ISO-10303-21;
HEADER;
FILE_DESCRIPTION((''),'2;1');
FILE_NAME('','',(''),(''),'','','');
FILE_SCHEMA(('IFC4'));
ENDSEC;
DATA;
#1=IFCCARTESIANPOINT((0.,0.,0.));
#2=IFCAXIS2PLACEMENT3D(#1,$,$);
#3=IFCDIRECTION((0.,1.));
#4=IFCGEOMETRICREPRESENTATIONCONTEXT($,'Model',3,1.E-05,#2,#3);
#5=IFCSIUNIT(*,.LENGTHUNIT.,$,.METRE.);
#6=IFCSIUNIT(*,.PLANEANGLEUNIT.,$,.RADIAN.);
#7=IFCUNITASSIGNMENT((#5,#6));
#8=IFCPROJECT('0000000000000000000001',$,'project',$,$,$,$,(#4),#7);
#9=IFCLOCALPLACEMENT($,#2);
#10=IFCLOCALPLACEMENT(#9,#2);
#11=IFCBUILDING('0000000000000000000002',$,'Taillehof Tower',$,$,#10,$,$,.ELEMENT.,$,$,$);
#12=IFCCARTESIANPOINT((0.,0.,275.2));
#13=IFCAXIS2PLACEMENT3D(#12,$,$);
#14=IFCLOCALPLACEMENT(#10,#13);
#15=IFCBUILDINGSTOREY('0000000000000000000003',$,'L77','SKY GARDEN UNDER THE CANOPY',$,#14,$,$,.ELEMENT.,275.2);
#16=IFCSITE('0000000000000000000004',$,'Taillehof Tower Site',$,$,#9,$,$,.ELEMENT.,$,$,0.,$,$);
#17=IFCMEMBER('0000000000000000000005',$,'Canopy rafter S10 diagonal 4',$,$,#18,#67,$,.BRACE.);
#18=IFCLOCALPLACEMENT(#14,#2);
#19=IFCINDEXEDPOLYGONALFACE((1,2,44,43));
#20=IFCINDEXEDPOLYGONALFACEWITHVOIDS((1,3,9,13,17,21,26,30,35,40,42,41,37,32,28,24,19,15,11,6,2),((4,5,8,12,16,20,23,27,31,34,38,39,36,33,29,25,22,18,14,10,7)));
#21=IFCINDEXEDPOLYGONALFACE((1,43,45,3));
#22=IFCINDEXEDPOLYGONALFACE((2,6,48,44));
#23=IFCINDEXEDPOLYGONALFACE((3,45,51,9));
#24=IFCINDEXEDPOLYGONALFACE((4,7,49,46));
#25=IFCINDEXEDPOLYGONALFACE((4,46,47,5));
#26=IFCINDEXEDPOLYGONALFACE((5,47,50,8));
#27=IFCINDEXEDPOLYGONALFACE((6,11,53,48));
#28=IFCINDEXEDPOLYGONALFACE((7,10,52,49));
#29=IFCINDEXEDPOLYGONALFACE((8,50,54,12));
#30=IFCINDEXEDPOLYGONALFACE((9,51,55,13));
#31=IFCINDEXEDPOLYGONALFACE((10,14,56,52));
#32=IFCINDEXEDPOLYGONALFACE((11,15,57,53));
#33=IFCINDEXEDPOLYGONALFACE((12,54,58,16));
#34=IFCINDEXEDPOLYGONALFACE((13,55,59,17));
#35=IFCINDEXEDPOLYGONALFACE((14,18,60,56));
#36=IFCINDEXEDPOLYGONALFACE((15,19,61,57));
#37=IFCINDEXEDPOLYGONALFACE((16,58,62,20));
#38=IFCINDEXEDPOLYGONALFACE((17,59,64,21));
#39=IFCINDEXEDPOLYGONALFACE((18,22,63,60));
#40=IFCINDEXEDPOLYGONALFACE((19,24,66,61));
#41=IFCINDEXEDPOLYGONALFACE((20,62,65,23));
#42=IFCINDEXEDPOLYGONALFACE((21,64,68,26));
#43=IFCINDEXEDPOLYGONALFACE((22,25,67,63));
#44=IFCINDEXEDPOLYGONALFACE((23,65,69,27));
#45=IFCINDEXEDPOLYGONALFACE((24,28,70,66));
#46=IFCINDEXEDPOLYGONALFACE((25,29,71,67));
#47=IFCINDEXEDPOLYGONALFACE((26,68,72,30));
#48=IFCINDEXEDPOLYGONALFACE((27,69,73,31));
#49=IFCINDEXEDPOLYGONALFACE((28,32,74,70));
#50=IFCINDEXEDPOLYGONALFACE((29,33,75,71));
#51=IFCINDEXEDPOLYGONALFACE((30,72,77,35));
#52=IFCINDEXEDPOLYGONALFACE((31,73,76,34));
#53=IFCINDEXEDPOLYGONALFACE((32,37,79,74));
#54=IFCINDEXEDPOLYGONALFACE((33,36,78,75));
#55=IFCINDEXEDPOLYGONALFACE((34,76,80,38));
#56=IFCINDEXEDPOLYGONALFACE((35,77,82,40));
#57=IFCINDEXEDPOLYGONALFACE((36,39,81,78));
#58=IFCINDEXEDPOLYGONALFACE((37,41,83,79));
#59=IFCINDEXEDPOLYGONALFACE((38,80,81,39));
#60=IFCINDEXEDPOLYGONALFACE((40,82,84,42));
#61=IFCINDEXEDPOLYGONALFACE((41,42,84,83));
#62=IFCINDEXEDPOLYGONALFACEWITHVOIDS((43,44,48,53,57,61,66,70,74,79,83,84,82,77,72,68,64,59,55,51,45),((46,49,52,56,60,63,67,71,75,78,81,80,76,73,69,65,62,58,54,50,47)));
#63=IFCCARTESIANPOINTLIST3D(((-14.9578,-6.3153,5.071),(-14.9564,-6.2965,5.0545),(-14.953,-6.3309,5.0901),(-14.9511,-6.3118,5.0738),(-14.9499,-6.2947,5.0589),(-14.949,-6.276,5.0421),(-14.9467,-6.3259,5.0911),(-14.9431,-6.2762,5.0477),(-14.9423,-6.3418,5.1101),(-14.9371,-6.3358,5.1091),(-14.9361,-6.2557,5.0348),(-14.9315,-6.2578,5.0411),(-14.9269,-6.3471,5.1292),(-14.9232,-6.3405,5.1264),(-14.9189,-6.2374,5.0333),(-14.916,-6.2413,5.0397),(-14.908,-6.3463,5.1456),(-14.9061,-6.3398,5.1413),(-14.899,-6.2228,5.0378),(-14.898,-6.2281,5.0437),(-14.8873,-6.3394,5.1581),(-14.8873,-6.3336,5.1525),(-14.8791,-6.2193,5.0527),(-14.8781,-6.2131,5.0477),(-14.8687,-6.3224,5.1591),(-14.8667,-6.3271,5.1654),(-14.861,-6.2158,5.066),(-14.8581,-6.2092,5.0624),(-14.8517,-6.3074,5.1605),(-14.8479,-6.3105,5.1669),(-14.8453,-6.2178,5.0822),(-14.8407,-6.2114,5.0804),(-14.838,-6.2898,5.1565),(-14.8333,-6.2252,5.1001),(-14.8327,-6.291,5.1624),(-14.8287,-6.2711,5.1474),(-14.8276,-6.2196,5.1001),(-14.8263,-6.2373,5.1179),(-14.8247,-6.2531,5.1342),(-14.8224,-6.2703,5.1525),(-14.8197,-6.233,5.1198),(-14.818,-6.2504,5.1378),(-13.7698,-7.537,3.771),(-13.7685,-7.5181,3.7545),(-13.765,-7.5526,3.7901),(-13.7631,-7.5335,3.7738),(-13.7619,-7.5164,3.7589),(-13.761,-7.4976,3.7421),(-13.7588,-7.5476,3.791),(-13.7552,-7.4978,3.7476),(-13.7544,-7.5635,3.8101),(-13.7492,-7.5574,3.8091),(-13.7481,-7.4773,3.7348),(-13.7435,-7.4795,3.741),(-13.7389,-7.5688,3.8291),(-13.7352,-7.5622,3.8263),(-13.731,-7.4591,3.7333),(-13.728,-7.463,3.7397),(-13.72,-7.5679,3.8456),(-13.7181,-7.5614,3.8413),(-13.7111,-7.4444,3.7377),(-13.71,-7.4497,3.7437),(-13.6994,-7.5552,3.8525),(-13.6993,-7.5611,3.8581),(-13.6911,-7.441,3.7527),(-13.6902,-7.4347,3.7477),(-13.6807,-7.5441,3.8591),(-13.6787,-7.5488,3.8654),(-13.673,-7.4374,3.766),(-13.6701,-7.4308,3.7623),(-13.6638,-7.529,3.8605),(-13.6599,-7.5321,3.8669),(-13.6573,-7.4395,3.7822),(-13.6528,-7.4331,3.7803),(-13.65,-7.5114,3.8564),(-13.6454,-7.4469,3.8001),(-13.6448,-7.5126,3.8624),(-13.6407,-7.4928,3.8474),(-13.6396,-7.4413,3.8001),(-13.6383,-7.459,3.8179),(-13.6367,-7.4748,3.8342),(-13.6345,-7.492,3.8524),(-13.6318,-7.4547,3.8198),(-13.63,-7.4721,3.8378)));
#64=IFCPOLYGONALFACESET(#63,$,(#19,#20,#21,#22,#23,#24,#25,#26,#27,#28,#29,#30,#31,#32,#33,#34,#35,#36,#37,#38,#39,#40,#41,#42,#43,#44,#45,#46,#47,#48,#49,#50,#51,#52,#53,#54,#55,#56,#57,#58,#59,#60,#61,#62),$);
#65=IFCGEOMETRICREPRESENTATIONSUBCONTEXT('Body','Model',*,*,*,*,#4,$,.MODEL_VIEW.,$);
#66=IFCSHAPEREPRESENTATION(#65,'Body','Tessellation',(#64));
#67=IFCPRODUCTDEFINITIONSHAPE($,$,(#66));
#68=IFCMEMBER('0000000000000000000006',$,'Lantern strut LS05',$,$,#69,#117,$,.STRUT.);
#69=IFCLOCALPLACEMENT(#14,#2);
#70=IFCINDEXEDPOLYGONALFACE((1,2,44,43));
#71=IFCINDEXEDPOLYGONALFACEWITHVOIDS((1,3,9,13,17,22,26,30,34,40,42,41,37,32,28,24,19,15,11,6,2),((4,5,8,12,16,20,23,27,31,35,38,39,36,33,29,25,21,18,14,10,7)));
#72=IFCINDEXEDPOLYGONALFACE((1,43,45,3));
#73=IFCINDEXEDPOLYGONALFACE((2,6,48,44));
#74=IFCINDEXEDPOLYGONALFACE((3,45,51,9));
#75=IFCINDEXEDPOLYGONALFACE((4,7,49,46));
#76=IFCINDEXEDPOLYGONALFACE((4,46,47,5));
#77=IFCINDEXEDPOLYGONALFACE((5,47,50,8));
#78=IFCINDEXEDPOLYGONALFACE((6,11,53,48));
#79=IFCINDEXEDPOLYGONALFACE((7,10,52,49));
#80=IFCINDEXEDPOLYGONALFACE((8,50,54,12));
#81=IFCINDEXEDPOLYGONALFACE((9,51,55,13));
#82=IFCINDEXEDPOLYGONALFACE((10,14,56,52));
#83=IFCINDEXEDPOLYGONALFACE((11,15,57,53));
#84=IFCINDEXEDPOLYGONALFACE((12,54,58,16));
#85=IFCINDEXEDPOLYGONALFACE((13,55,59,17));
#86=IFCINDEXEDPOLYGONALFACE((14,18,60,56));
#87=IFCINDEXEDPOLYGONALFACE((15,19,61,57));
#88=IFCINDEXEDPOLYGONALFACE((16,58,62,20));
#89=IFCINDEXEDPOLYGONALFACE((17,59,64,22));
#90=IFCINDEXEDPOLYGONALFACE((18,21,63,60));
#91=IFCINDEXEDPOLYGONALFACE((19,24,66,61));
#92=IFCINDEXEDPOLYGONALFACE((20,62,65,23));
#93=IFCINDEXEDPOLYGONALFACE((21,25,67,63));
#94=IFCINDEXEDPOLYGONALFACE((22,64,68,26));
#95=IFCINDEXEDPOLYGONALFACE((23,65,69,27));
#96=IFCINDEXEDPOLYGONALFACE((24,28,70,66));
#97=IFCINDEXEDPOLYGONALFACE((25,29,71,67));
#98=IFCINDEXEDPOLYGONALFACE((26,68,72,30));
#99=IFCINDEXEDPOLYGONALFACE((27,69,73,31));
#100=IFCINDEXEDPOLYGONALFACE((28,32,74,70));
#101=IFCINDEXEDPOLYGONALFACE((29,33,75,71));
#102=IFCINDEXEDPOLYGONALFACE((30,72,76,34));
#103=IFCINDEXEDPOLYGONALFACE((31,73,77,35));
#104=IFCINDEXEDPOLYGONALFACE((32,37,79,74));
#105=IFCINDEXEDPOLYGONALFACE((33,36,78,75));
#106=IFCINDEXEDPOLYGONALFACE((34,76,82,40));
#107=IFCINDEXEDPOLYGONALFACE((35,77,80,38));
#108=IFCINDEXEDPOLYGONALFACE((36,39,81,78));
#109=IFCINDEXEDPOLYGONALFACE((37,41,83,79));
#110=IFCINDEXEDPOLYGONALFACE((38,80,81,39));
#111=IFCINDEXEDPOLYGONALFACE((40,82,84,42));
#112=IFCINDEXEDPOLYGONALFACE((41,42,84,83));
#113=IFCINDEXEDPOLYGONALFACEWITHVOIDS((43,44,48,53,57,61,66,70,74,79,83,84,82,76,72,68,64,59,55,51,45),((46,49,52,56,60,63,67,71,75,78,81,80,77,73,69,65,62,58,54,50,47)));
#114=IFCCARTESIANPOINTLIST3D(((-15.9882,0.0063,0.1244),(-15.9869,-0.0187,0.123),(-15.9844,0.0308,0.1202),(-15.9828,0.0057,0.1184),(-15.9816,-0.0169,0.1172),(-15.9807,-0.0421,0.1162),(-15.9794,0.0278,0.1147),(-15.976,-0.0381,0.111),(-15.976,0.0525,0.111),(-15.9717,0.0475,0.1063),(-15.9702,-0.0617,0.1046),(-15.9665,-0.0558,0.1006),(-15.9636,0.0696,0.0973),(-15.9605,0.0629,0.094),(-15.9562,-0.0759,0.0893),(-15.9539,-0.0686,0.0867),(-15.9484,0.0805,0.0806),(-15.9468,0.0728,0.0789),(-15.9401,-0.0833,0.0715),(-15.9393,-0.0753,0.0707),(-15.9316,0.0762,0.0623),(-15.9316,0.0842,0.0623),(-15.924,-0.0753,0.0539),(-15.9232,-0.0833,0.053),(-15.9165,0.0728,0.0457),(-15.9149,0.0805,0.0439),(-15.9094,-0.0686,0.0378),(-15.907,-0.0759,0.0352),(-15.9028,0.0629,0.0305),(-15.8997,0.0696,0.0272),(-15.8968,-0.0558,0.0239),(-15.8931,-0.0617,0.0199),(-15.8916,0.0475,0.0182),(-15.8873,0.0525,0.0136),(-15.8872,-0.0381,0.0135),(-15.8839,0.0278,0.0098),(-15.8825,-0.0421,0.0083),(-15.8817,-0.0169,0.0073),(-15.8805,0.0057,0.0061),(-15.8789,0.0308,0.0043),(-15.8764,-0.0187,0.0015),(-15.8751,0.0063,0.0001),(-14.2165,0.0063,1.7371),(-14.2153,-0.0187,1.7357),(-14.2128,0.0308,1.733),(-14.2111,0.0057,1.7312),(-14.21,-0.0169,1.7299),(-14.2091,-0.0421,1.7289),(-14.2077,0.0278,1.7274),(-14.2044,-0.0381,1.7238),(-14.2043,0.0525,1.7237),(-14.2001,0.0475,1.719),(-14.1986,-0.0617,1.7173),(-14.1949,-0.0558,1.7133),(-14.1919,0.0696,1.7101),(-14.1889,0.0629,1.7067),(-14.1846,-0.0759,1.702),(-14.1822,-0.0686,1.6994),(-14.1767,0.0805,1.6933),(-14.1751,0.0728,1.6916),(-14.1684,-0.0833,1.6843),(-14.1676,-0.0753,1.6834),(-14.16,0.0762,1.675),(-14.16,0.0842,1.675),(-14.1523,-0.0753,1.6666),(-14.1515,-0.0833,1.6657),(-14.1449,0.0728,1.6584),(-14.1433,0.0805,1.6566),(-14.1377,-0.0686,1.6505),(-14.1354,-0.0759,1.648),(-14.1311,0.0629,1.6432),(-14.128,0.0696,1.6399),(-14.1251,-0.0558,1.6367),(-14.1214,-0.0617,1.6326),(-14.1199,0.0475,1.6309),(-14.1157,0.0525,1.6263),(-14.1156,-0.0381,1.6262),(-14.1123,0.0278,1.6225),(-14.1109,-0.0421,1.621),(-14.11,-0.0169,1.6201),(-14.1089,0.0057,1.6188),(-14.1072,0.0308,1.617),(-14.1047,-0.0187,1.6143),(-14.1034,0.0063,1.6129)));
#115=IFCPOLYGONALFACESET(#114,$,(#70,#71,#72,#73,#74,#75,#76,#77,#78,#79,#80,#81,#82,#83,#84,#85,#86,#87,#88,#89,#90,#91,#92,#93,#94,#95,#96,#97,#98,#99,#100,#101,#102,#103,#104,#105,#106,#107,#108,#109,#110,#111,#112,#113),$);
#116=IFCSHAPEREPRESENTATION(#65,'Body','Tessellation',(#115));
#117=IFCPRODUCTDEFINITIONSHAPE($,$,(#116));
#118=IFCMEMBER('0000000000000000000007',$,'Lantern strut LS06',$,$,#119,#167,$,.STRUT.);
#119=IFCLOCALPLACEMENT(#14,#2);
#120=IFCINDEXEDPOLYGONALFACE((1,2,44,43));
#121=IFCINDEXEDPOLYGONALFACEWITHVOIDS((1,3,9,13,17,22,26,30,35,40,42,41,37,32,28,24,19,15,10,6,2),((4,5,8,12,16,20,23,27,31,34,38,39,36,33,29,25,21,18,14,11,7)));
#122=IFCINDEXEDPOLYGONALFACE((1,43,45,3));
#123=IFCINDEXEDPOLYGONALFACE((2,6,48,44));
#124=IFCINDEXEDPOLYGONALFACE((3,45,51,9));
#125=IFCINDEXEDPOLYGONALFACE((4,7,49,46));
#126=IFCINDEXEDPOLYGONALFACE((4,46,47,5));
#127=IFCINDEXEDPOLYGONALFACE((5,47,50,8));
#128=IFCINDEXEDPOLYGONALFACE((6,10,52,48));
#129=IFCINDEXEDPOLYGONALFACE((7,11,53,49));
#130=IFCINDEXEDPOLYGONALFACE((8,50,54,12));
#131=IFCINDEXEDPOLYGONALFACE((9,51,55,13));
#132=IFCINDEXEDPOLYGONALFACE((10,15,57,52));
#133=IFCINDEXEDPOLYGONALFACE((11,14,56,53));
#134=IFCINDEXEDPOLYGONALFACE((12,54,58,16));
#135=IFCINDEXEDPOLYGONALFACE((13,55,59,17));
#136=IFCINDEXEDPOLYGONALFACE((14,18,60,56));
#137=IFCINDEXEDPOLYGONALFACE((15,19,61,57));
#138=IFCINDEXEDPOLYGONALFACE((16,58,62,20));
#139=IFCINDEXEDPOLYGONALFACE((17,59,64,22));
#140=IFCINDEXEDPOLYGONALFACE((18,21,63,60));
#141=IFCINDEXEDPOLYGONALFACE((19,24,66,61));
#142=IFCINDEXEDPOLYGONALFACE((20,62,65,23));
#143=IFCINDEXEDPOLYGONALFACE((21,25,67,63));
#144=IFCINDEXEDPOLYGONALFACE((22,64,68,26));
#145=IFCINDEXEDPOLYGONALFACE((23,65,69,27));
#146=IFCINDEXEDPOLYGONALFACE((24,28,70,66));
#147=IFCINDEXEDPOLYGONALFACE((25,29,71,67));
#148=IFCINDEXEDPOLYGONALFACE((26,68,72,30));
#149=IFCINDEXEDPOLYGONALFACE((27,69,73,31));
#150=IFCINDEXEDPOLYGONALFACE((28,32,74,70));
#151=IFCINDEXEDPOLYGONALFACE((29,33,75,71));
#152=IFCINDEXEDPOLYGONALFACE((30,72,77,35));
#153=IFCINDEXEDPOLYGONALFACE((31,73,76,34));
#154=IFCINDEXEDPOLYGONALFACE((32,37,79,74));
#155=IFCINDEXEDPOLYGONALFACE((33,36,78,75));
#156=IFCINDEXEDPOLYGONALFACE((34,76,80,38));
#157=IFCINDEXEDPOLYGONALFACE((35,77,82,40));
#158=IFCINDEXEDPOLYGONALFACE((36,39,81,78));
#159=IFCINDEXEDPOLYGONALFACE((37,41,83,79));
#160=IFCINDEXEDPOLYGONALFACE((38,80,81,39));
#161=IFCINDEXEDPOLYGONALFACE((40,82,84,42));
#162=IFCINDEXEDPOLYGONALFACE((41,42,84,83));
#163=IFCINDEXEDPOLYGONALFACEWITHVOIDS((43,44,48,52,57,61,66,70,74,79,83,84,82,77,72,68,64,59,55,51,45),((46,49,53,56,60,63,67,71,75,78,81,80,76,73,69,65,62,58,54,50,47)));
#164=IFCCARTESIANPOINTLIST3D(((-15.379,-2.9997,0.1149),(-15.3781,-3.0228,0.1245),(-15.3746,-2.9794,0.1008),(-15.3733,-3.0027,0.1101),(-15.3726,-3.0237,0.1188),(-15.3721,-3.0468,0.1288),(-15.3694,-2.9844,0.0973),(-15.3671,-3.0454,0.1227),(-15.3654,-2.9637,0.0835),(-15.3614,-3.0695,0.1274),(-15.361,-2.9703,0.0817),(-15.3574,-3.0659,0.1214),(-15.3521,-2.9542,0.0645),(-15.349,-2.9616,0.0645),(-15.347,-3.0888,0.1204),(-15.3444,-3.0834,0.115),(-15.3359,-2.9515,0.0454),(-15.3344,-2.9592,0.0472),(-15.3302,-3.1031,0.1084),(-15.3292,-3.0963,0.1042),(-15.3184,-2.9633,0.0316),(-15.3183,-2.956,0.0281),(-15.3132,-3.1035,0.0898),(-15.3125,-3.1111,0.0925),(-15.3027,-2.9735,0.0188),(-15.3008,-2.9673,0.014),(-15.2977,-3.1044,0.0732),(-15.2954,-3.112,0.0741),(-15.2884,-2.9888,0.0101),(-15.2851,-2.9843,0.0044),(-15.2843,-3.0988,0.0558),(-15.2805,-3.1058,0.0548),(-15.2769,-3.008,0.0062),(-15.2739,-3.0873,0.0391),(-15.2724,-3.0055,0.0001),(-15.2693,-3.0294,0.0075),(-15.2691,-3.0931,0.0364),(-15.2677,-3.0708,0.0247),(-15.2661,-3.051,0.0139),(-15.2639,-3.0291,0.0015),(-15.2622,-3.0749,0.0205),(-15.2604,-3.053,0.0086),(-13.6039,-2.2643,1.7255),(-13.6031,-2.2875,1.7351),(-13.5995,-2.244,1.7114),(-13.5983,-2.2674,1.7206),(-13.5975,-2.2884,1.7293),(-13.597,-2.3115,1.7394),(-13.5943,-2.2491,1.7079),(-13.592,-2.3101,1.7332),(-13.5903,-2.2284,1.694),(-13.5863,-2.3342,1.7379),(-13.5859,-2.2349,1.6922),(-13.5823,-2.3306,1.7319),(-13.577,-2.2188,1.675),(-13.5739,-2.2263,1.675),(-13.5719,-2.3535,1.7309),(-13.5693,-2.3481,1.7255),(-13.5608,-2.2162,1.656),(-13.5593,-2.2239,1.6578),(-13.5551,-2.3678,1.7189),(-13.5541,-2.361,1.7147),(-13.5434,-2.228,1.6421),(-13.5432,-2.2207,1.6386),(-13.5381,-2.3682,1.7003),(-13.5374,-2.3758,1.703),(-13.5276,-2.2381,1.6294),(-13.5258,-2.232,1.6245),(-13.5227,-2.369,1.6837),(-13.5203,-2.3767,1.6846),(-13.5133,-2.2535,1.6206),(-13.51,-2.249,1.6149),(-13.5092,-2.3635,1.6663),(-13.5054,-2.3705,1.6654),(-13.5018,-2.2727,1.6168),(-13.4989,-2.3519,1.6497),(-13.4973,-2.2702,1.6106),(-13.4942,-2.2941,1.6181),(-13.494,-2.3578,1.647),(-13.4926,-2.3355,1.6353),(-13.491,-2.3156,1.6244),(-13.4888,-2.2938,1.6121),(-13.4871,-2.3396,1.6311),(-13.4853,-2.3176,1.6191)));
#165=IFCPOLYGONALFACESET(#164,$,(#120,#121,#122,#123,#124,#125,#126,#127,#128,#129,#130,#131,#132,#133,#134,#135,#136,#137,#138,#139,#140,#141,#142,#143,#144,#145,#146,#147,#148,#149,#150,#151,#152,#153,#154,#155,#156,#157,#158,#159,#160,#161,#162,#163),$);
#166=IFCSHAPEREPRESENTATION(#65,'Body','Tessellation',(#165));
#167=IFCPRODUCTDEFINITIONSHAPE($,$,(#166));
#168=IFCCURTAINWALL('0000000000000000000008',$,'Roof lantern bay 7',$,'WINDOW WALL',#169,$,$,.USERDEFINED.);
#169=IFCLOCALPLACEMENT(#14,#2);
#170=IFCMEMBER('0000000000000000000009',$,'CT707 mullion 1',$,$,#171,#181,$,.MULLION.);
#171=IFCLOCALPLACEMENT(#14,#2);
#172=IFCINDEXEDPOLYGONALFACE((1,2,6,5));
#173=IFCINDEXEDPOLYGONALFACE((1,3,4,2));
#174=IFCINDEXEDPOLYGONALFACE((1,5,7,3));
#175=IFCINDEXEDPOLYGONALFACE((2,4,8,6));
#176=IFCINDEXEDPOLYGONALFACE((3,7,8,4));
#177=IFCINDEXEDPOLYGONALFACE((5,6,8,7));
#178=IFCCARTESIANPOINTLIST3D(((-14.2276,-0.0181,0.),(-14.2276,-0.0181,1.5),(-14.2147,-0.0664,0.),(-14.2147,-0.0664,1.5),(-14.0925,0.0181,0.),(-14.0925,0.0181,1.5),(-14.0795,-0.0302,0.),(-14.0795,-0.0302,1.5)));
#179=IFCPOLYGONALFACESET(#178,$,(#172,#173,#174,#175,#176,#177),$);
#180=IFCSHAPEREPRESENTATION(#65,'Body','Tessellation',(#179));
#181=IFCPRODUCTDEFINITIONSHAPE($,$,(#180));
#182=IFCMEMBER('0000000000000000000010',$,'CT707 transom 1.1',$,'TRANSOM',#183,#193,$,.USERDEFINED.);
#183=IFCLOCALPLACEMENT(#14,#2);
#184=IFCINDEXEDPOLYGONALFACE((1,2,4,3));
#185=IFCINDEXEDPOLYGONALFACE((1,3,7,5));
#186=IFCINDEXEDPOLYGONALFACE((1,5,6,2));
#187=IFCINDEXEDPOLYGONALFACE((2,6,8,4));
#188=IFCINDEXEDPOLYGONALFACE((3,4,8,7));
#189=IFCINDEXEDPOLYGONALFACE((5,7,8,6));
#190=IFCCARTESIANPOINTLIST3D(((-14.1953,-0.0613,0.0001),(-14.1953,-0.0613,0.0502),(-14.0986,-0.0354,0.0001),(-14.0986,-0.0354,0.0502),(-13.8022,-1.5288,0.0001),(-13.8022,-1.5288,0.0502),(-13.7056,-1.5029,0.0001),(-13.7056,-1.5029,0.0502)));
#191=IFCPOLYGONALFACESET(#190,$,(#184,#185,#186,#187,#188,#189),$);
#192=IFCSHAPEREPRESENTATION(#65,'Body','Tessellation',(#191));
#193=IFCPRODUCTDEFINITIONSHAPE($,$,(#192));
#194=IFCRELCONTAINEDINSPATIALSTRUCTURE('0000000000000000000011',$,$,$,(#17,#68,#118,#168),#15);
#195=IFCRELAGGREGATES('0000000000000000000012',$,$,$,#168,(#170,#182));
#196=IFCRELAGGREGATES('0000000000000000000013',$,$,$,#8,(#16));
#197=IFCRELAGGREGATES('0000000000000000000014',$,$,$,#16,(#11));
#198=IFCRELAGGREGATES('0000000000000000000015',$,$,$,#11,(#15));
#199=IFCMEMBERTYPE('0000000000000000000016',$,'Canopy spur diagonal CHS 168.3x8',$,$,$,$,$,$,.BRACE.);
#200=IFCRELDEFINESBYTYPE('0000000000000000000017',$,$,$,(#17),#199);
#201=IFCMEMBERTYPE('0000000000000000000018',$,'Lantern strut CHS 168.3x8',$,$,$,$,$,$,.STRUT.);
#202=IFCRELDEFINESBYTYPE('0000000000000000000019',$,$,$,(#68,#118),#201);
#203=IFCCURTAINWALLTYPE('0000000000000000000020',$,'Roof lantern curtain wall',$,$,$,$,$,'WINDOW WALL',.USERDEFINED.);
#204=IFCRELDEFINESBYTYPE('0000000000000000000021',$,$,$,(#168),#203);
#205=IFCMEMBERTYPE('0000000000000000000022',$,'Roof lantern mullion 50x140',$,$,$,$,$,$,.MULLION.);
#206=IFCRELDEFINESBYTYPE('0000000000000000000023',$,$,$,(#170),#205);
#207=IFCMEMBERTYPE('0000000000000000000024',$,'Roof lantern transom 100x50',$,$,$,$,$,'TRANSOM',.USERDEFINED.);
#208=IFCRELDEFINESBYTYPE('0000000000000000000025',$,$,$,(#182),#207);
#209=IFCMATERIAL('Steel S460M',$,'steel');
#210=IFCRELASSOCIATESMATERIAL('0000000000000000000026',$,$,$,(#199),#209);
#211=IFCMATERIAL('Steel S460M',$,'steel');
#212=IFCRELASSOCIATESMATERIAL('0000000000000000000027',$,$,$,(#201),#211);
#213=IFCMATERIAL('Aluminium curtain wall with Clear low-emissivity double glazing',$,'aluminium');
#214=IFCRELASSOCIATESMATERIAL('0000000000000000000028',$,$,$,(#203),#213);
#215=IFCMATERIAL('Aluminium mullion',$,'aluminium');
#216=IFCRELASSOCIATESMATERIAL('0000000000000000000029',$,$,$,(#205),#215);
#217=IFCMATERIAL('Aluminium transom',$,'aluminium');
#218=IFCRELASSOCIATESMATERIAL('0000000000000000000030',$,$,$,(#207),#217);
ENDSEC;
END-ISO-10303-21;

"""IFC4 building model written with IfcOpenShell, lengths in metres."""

from ifc_helpers import new_model, si_unit, direction, frame, origin, origin_2d, place, context, subcontext, project, spatial, rectangle, hollow_circle, extrude, material, material_profile, profile_set, type_object, element, aggregate, save


model = new_model("IFC4")

# Units and contexts
model_context = context("Model", 3, precision=1e-05, world=origin(), true_north=direction((0.0, 1.0)))
body_context = subcontext(model_context, "Body", "Model", "MODEL_VIEW")
ifc_project = project(units=[si_unit("LENGTHUNIT", "METRE"), si_unit("PLANEANGLEUNIT", "RADIAN")], contexts=[model_context])

# Site, building, storey
site_placement = place(None, origin())
site = spatial("IfcSite", under=ifc_project, at=site_placement, Name="Taillehof Tower Site", CompositionType="ELEMENT", RefElevation=0.0)
building_placement = place(site_placement, origin())
building = spatial("IfcBuilding", under=site, at=building_placement, Name="Taillehof Tower", CompositionType="ELEMENT")
storey_placement = place(building_placement, frame((0.0, 0.0, 275.2)))
storey = spatial("IfcBuildingStorey", under=building, at=storey_placement, Name="L77", Description="SKY GARDEN UNDER THE CANOPY", CompositionType="ELEMENT", Elevation=275.2)

# Members
ifc_material_1 = material(Name="Steel S460M", Category="steel")
ifc_material_profile_1 = material_profile(ifc_material_1, hollow_circle(Radius=0.0842, WallThickness=0.0081, at=origin_2d()), Name="CHS 168.3x8")
ifc_profile_set_1 = profile_set([ifc_material_profile_1], Name="Steel S460M")
member_type_1 = type_object("IfcMemberType", Name="Canopy spur diagonal CHS 168.3x8", PredefinedType="BRACE", material=ifc_profile_set_1)
for number, where, z_axis, x_axis, name in (
    (1, (-14.8879, -6.2783, 5.1001), (0.554267, -0.569986, -0.60655), (0.716923, 0.697152, 0.0), "Canopy rafter S10 diagonal 4"),
):
    element("IfcMember", number, at=place(storey_placement, frame(where, z_axis=z_axis, x_axis=x_axis)), inside=storey, type_object=member_type_1, Name=name, PredefinedType="BRACE", context=body_context, shape_type="SweptSolid", body=[
        extrude(hollow_circle(Radius=0.0842, WallThickness=0.0081, at=origin_2d()), origin(), (0.0, 0.0, 1.0), 2.1433),
    ])
ifc_material_2 = material(Name="Steel S460M", Category="steel")
ifc_material_profile_2 = material_profile(ifc_material_2, hollow_circle(Radius=0.0842, WallThickness=0.0081, at=origin_2d()), Name="CHS 168.3x8")
ifc_profile_set_2 = profile_set([ifc_material_profile_2], Name="Steel S460M")
member_type_2 = type_object("IfcMemberType", Name="Lantern strut CHS 168.3x8", PredefinedType="STRUT", material=ifc_profile_set_2)
member_1_placement = place(storey_placement, frame((-15.9316, 0.0, 0.0623), z_axis=(0.739497, 0.0, 0.67316), x_axis=(0.0, 1.0, 0.0)))
element("IfcMember", 2, at=member_1_placement, inside=storey, type_object=member_type_2, Name="Lantern strut LS05", PredefinedType="STRUT", context=body_context, shape_type="SweptSolid", body=[
    extrude(hollow_circle(Radius=0.0842, WallThickness=0.0081, at=origin_2d()), origin(), (0.0, 0.0, 1.0), 2.3958),
])
member_2_placement = place(storey_placement, frame((-15.3198, -3.032, 0.0645), z_axis=(0.708028, 0.293299, 0.642396), x_axis=(-0.382711, 0.923868, 0.0)))
element("IfcMember", 3, at=member_2_placement, inside=storey, type_object=member_type_2, Name="Lantern strut LS06", PredefinedType="STRUT", context=body_context, shape_type="SweptSolid", body=[
    extrude(hollow_circle(Radius=0.0842, WallThickness=0.0081, at=origin_2d()), origin(), (0.0, 0.0, 1.0), 2.5071),
])

# Curtain wall, members
ifc_material_3 = material(Name="Aluminium curtain wall with Clear low-emissivity double glazing", Category="aluminium")
curtain_wall_type = type_object("IfcCurtainWallType", Name="Roof lantern curtain wall", ElementType="WINDOW WALL", PredefinedType="USERDEFINED", material=ifc_material_3)
curtain_wall_placement = place(storey_placement, origin())
curtain_wall = element("IfcCurtainWall", 4, at=curtain_wall_placement, inside=storey, type_object=curtain_wall_type, Name="Roof lantern bay 7", ObjectType="WINDOW WALL", PredefinedType="USERDEFINED")
ifc_material_4 = material(Name="Aluminium mullion", Category="aluminium")
ifc_material_profile_3 = material_profile(ifc_material_4, rectangle(XDim=0.1399, YDim=0.05, at=origin_2d()), Name="AL 50x140")
ifc_profile_set_3 = profile_set([ifc_material_profile_3], Name="Aluminium mullion")
member_type_3 = type_object("IfcMemberType", Name="Roof lantern mullion 50x140", PredefinedType="MULLION", material=ifc_profile_set_3)
member_3_placement = place(storey_placement, frame((-14.1536, -0.0242, 0.0), z_axis=(0.0, 0.0, 1.0), x_axis=(0.965926, 0.258819, 0.0)))
member_3 = element("IfcMember", 5, at=member_3_placement, type_object=member_type_3, Name="CT707 mullion 1", PredefinedType="MULLION", context=body_context, shape_type="SweptSolid", body=[
    extrude(rectangle(XDim=0.1399, YDim=0.05, at=origin_2d()), origin(), (0.0, 0.0, 1.0), 1.5),
])
ifc_material_5 = material(Name="Aluminium transom", Category="aluminium")
ifc_material_profile_4 = material_profile(ifc_material_5, rectangle(XDim=0.1001, YDim=0.05, at=origin_2d()), Name="AL 100x50")
ifc_profile_set_4 = profile_set([ifc_material_profile_4], Name="Aluminium transom")
member_type_4 = type_object("IfcMemberType", Name="Roof lantern transom 100x50", ElementType="TRANSOM", PredefinedType="USERDEFINED", material=ifc_profile_set_4)
member_4_placement = place(storey_placement, frame((-14.147, -0.0483, 0.0251), z_axis=(0.258723, -0.965952, 0.0), x_axis=(0.965952, 0.258723, 0.0)))
member_4 = element("IfcMember", 6, at=member_4_placement, type_object=member_type_4, Name="CT707 transom 1.1", ObjectType="TRANSOM", PredefinedType="USERDEFINED", context=body_context, shape_type="SweptSolid", body=[
    extrude(rectangle(XDim=0.1001, YDim=0.05, at=origin_2d()), origin(), (0.0, 0.0, 1.0), 1.5193),
])
aggregate(curtain_wall, [member_3, member_4])

save(model, "model.ifc")
